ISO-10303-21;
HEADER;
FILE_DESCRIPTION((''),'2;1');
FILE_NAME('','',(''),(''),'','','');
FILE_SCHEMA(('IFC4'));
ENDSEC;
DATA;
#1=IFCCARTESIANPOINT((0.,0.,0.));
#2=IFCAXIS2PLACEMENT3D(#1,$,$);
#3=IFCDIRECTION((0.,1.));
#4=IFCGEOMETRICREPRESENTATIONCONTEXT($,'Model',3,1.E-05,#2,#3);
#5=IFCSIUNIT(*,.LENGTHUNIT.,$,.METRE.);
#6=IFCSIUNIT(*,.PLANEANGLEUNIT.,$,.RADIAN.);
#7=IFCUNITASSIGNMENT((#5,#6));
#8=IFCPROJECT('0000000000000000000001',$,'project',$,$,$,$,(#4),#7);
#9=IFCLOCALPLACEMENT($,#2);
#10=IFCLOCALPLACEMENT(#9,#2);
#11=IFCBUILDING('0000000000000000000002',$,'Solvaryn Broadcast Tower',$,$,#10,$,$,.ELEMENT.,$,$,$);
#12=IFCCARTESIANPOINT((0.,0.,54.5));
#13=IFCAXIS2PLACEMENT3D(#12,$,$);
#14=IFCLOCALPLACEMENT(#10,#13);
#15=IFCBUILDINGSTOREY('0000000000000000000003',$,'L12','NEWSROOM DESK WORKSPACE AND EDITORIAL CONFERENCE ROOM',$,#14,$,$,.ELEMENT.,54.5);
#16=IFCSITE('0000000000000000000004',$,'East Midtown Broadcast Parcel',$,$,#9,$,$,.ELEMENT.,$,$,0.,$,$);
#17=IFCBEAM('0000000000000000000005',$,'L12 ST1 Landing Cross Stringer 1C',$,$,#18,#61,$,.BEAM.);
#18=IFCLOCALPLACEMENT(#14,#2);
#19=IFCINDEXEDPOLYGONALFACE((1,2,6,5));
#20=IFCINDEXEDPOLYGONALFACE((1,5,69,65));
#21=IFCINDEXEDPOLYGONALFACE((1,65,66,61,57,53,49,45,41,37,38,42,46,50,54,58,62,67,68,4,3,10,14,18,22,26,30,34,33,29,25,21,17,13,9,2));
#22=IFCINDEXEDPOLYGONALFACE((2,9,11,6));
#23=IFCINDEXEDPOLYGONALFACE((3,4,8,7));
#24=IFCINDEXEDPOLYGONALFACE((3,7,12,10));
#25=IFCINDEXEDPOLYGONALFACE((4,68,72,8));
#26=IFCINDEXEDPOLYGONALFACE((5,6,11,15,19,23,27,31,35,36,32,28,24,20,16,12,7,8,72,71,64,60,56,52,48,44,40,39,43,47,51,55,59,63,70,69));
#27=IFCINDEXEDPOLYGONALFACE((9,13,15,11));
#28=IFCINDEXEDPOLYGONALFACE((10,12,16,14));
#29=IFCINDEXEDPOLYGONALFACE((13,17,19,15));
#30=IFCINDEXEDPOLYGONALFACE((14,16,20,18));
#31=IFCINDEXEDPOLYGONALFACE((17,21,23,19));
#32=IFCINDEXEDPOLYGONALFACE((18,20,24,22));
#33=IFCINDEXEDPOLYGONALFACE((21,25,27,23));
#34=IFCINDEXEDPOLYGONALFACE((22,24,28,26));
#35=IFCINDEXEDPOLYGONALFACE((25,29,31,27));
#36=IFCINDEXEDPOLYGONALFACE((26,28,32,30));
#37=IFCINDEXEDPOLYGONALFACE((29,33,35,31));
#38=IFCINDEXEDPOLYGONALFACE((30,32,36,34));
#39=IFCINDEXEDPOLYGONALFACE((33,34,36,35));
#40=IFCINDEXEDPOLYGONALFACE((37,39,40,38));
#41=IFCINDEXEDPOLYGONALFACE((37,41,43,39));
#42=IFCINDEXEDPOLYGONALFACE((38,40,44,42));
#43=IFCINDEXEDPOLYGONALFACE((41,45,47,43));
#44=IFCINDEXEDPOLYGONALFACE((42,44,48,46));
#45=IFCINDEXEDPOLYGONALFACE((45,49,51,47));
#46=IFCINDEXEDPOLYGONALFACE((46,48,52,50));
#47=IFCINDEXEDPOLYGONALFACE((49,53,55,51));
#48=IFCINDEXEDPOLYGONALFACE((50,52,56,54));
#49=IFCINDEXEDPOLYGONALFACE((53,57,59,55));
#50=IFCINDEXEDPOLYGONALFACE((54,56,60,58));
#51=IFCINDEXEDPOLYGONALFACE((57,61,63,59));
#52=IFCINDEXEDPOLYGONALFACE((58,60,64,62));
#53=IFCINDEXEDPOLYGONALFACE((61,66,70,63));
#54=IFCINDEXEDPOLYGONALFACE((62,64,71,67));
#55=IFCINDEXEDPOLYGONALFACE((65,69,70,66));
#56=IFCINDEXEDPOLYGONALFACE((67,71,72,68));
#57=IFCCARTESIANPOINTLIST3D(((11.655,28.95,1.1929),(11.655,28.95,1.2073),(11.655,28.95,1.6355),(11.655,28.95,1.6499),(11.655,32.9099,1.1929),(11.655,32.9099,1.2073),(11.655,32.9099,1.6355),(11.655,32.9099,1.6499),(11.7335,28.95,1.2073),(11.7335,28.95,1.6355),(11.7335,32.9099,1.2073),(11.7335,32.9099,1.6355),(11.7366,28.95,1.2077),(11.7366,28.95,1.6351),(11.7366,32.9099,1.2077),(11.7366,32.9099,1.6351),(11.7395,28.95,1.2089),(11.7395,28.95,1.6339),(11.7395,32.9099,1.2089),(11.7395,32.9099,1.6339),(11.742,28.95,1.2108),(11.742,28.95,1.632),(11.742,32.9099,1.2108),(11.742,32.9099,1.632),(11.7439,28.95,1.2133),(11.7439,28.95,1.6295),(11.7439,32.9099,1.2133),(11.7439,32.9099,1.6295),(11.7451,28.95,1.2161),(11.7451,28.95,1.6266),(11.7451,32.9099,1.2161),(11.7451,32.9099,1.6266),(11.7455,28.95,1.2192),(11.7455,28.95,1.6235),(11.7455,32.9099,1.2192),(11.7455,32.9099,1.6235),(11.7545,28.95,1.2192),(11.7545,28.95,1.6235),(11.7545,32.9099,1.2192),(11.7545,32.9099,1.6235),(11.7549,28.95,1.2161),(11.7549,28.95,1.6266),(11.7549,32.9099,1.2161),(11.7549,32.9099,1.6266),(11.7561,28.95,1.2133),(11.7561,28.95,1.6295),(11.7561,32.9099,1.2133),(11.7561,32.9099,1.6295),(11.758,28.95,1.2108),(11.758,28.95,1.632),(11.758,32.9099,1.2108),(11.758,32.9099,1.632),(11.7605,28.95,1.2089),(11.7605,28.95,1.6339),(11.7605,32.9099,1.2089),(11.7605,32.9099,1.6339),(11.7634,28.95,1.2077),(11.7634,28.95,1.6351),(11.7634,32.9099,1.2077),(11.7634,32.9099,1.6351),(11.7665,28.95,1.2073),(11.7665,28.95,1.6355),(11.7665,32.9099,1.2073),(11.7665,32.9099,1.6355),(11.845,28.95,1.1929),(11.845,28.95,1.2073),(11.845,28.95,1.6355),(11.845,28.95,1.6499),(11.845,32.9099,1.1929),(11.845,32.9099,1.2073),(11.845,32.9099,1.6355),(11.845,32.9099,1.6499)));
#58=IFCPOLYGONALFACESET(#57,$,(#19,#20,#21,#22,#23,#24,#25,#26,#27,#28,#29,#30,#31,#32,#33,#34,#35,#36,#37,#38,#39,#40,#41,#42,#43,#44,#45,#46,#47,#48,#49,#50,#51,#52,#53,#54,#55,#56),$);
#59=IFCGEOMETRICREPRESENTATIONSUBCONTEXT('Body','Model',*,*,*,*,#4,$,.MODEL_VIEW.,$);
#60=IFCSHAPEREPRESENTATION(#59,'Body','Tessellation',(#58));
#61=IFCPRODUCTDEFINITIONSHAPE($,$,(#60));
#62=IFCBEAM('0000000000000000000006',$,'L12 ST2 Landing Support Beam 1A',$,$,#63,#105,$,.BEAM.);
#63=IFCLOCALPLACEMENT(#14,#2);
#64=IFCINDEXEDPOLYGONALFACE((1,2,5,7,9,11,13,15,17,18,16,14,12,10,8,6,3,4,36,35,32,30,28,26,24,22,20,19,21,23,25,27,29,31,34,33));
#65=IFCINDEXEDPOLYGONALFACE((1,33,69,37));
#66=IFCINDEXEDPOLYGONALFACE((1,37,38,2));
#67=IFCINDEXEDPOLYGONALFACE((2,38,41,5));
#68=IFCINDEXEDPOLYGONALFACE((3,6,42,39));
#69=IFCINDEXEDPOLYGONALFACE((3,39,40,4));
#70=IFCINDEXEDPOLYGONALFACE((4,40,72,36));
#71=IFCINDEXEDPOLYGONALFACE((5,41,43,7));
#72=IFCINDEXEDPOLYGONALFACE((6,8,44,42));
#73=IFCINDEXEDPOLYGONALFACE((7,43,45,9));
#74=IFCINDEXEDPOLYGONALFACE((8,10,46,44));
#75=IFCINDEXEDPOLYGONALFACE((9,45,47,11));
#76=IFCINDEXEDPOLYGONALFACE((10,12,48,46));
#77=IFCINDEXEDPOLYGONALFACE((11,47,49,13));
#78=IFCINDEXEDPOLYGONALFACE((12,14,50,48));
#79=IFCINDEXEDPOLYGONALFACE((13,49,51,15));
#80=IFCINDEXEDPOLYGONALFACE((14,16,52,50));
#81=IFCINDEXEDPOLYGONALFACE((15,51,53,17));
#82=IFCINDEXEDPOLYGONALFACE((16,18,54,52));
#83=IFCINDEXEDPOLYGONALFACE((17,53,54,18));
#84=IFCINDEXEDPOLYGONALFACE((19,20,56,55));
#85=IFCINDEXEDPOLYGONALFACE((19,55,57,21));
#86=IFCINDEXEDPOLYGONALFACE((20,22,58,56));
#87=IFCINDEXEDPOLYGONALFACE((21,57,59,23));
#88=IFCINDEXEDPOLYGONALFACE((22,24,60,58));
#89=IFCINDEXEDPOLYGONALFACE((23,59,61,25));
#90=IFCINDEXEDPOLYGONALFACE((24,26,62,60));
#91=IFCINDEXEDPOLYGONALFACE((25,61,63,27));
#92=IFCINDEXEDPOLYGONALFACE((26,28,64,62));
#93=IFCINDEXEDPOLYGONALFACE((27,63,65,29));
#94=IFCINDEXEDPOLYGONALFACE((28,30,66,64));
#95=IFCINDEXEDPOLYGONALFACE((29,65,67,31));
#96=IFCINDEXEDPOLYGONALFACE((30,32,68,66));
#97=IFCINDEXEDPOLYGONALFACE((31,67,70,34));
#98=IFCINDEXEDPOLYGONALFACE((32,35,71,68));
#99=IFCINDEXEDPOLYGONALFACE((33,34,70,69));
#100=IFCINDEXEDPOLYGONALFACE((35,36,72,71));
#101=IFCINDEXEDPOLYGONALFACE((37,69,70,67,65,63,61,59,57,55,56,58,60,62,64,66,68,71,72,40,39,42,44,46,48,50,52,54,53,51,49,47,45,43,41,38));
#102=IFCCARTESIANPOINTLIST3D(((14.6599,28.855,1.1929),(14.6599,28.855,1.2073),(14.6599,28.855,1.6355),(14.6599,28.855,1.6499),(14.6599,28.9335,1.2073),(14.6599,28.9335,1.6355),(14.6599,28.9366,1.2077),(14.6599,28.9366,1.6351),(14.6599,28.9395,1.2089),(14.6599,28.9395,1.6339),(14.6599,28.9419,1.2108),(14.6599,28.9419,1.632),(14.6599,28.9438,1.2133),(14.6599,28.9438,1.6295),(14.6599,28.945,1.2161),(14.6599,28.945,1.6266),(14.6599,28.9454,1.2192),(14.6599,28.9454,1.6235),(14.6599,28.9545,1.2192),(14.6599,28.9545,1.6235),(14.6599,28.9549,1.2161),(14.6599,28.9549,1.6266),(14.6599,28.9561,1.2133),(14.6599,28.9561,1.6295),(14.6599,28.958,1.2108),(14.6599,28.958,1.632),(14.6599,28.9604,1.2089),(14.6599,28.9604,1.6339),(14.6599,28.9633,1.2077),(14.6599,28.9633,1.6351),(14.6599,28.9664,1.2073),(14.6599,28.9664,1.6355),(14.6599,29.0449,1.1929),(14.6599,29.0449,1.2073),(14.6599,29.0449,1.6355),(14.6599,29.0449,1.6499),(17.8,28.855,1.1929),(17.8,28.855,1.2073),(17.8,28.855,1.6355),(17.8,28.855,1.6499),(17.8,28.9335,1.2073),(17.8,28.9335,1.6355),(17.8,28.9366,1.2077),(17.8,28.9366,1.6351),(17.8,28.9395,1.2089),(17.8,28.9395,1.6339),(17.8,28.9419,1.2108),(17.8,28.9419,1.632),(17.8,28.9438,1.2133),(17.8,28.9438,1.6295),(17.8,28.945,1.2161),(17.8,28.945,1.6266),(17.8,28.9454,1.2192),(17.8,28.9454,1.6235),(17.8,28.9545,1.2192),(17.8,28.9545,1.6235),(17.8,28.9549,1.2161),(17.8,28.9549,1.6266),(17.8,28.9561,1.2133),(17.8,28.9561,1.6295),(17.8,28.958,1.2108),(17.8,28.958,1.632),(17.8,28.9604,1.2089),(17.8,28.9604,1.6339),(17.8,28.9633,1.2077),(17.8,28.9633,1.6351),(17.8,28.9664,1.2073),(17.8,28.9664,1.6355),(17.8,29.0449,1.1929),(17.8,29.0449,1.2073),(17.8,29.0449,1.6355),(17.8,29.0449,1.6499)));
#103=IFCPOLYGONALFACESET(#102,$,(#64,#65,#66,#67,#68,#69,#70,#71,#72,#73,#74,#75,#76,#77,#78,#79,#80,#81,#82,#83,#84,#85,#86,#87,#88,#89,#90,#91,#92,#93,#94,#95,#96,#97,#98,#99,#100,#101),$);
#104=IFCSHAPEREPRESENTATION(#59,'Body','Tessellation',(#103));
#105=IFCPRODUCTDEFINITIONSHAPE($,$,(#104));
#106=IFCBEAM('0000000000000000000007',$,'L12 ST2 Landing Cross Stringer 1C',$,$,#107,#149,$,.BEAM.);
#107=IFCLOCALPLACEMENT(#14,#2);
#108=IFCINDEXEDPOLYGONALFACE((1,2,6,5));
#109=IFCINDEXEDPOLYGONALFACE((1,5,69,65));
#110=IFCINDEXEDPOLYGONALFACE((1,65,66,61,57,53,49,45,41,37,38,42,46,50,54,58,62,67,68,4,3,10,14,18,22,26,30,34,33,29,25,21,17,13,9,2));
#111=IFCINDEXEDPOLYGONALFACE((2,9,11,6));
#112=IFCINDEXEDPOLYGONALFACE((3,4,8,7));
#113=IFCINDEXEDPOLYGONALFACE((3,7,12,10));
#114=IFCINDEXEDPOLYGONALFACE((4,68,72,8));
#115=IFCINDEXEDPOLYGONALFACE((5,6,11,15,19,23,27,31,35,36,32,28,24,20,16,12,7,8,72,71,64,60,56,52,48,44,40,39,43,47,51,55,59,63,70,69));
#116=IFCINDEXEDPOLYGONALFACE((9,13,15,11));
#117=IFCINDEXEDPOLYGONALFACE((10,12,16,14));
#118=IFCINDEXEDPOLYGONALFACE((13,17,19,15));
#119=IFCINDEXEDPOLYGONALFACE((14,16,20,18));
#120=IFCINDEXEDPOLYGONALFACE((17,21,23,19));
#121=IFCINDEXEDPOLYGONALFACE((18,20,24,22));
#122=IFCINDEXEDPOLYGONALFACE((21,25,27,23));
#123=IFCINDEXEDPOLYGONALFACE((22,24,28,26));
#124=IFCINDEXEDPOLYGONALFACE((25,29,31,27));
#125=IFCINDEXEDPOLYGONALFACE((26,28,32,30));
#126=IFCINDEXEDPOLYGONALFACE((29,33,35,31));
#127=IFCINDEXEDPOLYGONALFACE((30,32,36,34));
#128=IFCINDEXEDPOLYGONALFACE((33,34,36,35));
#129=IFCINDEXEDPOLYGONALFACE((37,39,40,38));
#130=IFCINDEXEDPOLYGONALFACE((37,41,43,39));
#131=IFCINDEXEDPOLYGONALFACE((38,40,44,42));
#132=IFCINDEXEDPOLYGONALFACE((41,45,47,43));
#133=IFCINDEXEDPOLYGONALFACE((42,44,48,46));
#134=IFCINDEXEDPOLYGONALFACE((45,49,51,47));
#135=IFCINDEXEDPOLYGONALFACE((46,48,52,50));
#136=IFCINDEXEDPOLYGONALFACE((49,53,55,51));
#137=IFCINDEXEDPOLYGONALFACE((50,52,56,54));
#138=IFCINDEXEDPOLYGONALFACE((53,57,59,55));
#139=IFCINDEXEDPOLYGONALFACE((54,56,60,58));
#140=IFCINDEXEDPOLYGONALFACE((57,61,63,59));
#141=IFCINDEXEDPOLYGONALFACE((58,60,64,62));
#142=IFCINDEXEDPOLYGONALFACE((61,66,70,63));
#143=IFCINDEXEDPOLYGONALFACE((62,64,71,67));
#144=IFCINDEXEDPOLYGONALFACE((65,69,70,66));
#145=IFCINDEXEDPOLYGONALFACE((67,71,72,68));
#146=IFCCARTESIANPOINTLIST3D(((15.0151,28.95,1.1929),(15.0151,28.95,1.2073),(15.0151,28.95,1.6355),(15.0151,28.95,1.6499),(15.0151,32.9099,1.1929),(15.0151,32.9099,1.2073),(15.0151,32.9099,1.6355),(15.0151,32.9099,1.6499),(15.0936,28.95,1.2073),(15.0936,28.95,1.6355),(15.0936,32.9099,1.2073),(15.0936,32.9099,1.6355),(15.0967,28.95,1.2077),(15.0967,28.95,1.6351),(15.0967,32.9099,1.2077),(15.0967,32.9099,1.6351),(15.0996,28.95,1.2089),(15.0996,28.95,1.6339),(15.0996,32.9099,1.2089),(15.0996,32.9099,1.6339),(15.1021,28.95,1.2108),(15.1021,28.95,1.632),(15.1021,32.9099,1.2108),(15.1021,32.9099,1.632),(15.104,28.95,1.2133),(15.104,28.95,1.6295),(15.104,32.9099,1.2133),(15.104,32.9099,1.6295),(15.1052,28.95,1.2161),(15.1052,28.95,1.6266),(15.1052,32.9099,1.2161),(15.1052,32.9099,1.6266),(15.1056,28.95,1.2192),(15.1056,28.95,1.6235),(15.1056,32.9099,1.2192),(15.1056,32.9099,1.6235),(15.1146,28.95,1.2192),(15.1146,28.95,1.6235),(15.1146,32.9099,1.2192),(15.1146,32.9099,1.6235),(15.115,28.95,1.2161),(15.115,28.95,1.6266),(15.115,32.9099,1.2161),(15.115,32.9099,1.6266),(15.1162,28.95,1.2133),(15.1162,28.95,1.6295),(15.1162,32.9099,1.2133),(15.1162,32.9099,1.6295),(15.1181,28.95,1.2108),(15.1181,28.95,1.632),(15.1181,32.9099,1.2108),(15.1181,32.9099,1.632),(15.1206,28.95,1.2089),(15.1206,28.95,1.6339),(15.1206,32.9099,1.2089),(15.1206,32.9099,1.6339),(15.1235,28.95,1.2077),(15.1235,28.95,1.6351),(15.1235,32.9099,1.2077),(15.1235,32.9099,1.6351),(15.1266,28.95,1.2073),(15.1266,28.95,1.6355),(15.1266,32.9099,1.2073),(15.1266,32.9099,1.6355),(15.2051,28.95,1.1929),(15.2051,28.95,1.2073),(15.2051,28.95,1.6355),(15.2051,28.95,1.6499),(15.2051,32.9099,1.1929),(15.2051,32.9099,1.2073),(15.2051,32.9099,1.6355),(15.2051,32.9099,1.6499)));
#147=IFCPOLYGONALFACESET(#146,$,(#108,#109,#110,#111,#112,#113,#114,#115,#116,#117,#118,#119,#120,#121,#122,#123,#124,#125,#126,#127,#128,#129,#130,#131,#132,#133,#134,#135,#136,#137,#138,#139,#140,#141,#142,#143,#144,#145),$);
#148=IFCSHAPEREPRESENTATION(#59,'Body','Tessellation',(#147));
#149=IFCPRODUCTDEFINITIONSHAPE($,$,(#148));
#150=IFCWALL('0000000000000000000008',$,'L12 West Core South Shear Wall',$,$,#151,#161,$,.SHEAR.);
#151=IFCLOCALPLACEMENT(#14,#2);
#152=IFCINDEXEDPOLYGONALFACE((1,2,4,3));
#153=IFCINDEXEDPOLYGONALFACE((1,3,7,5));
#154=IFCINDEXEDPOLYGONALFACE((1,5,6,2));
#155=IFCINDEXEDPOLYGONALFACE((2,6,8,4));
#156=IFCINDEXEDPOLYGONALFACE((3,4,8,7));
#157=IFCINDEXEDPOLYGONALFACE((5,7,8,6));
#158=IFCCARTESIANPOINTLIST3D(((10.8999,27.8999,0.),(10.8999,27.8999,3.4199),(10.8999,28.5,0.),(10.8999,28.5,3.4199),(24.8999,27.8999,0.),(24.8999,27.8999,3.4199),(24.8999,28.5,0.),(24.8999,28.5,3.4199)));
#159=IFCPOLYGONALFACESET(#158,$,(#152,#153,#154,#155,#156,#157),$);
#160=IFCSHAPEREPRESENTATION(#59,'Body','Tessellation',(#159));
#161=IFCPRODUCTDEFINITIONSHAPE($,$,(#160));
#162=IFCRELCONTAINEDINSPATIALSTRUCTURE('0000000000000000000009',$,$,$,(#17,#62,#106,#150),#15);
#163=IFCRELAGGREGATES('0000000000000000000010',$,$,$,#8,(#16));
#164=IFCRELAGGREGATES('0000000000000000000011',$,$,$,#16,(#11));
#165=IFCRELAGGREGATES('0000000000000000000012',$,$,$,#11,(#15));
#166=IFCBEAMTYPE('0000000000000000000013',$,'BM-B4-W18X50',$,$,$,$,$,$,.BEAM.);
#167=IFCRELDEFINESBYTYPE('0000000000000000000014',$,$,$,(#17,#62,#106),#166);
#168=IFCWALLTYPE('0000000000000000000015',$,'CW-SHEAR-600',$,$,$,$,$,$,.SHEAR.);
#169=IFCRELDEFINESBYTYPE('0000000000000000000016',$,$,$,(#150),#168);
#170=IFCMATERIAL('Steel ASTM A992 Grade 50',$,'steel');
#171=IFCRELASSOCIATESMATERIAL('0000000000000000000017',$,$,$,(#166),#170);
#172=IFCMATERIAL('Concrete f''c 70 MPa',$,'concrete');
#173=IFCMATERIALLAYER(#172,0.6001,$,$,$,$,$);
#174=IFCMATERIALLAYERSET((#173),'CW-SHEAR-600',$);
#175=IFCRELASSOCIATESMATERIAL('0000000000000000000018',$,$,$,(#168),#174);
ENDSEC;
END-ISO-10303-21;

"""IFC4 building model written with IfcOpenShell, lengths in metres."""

from ifc_helpers import new_model, si_unit, direction, frame, frame_2d, origin, origin_2d, place, context, subcontext, project, spatial, rectangle, i_section, extrude, material, layer, layer_set, material_profile, profile_set, type_object, element, save


model = new_model("IFC4")

# Units and contexts
model_context = context("Model", 3, precision=1e-05, world=origin(), true_north=direction((0.0, 1.0)))
body_context = subcontext(model_context, "Body", "Model", "MODEL_VIEW")
ifc_project = project(units=[si_unit("LENGTHUNIT", "METRE"), si_unit("PLANEANGLEUNIT", "RADIAN")], contexts=[model_context])

# Site, building, storey
site_placement = place(None, origin())
site = spatial("IfcSite", under=ifc_project, at=site_placement, Name="East Midtown Broadcast Parcel", CompositionType="ELEMENT", RefElevation=0.0)
building_placement = place(site_placement, origin())
building = spatial("IfcBuilding", under=site, at=building_placement, Name="Solvaryn Broadcast Tower", CompositionType="ELEMENT")
storey_placement = place(building_placement, frame((0.0, 0.0, 54.5)))
storey = spatial("IfcBuildingStorey", under=building, at=storey_placement, Name="L12", Description="NEWSROOM DESK WORKSPACE AND EDITORIAL CONFERENCE ROOM", CompositionType="ELEMENT", Elevation=54.5)

# Beams
ifc_material_1 = material(Name="Steel ASTM A992 Grade 50", Category="steel")
ifc_material_profile_1 = material_profile(ifc_material_1, i_section(OverallWidth=0.1899, OverallDepth=0.457, WebThickness=0.009, FlangeThickness=0.0144, FilletRadius=0.012, at=origin_2d()))
ifc_profile_set_1 = profile_set([ifc_material_profile_1], Name="Steel ASTM A992 Grade 50")
beam_type_1 = type_object("IfcBeamType", Name="BM-B4-W18X50", PredefinedType="BEAM", material=ifc_profile_set_1)
beam_1_placement = place(storey_placement, frame((11.75, 28.95, 1.4214), z_axis=(0.0, 1.0, 0.0), x_axis=(-1.0, 0.0, 0.0)))
element("IfcBeam", 1, at=beam_1_placement, inside=storey, type_object=beam_type_1, Name="L12 ST1 Landing Cross Stringer 1C", PredefinedType="BEAM", context=body_context, shape_type="SweptSolid", body=[
    extrude(i_section(OverallWidth=0.1899, OverallDepth=0.457, WebThickness=0.009, FlangeThickness=0.0144, FilletRadius=0.012, at=origin_2d()), origin(), (0.0, 0.0, 1.0), 3.96),
])
beam_2_placement = place(storey_placement, frame((14.6599, 28.95, 1.4214), z_axis=(1.0, 0.0, 0.0), x_axis=(0.0, 1.0, 0.0)))
element("IfcBeam", 2, at=beam_2_placement, inside=storey, type_object=beam_type_1, Name="L12 ST2 Landing Support Beam 1A", PredefinedType="BEAM", context=body_context, shape_type="SweptSolid", body=[
    extrude(i_section(OverallWidth=0.1899, OverallDepth=0.457, WebThickness=0.009, FlangeThickness=0.0144, FilletRadius=0.012, at=origin_2d()), origin(), (0.0, 0.0, 1.0), 3.1401),
])
beam_3_placement = place(storey_placement, frame((15.1101, 28.95, 1.4214), z_axis=(0.0, 1.0, 0.0), x_axis=(-1.0, 0.0, 0.0)))
element("IfcBeam", 3, at=beam_3_placement, inside=storey, type_object=beam_type_1, Name="L12 ST2 Landing Cross Stringer 1C", PredefinedType="BEAM", context=body_context, shape_type="SweptSolid", body=[
    extrude(i_section(OverallWidth=0.1899, OverallDepth=0.457, WebThickness=0.009, FlangeThickness=0.0144, FilletRadius=0.012, at=origin_2d()), origin(), (0.0, 0.0, 1.0), 3.96),
])

# Wall
ifc_material_2 = material(Name="Concrete f'c 70 MPa", Category="concrete")
ifc_layer_1 = layer(ifc_material_2, 0.6001)
ifc_layer_set_1 = layer_set([ifc_layer_1], Name="CW-SHEAR-600")
wall_type_1 = type_object("IfcWallType", Name="CW-SHEAR-600", PredefinedType="SHEAR", material=ifc_layer_set_1)
wall_1_placement = place(storey_placement, frame((10.8999, 28.2, 0.0), z_axis=(0.0, 0.0, 1.0), x_axis=(1.0, 0.0, 0.0)))
element("IfcWall", 4, at=wall_1_placement, inside=storey, type_object=wall_type_1, Name="L12 West Core South Shear Wall", PredefinedType="SHEAR", context=body_context, shape_type="SweptSolid", body=[
    extrude(rectangle(XDim=14.0, YDim=0.6001, at=frame_2d((7.0, 0.0))), origin(), (0.0, 0.0, 1.0), 3.4199),
])

save(model, "model.ifc")
